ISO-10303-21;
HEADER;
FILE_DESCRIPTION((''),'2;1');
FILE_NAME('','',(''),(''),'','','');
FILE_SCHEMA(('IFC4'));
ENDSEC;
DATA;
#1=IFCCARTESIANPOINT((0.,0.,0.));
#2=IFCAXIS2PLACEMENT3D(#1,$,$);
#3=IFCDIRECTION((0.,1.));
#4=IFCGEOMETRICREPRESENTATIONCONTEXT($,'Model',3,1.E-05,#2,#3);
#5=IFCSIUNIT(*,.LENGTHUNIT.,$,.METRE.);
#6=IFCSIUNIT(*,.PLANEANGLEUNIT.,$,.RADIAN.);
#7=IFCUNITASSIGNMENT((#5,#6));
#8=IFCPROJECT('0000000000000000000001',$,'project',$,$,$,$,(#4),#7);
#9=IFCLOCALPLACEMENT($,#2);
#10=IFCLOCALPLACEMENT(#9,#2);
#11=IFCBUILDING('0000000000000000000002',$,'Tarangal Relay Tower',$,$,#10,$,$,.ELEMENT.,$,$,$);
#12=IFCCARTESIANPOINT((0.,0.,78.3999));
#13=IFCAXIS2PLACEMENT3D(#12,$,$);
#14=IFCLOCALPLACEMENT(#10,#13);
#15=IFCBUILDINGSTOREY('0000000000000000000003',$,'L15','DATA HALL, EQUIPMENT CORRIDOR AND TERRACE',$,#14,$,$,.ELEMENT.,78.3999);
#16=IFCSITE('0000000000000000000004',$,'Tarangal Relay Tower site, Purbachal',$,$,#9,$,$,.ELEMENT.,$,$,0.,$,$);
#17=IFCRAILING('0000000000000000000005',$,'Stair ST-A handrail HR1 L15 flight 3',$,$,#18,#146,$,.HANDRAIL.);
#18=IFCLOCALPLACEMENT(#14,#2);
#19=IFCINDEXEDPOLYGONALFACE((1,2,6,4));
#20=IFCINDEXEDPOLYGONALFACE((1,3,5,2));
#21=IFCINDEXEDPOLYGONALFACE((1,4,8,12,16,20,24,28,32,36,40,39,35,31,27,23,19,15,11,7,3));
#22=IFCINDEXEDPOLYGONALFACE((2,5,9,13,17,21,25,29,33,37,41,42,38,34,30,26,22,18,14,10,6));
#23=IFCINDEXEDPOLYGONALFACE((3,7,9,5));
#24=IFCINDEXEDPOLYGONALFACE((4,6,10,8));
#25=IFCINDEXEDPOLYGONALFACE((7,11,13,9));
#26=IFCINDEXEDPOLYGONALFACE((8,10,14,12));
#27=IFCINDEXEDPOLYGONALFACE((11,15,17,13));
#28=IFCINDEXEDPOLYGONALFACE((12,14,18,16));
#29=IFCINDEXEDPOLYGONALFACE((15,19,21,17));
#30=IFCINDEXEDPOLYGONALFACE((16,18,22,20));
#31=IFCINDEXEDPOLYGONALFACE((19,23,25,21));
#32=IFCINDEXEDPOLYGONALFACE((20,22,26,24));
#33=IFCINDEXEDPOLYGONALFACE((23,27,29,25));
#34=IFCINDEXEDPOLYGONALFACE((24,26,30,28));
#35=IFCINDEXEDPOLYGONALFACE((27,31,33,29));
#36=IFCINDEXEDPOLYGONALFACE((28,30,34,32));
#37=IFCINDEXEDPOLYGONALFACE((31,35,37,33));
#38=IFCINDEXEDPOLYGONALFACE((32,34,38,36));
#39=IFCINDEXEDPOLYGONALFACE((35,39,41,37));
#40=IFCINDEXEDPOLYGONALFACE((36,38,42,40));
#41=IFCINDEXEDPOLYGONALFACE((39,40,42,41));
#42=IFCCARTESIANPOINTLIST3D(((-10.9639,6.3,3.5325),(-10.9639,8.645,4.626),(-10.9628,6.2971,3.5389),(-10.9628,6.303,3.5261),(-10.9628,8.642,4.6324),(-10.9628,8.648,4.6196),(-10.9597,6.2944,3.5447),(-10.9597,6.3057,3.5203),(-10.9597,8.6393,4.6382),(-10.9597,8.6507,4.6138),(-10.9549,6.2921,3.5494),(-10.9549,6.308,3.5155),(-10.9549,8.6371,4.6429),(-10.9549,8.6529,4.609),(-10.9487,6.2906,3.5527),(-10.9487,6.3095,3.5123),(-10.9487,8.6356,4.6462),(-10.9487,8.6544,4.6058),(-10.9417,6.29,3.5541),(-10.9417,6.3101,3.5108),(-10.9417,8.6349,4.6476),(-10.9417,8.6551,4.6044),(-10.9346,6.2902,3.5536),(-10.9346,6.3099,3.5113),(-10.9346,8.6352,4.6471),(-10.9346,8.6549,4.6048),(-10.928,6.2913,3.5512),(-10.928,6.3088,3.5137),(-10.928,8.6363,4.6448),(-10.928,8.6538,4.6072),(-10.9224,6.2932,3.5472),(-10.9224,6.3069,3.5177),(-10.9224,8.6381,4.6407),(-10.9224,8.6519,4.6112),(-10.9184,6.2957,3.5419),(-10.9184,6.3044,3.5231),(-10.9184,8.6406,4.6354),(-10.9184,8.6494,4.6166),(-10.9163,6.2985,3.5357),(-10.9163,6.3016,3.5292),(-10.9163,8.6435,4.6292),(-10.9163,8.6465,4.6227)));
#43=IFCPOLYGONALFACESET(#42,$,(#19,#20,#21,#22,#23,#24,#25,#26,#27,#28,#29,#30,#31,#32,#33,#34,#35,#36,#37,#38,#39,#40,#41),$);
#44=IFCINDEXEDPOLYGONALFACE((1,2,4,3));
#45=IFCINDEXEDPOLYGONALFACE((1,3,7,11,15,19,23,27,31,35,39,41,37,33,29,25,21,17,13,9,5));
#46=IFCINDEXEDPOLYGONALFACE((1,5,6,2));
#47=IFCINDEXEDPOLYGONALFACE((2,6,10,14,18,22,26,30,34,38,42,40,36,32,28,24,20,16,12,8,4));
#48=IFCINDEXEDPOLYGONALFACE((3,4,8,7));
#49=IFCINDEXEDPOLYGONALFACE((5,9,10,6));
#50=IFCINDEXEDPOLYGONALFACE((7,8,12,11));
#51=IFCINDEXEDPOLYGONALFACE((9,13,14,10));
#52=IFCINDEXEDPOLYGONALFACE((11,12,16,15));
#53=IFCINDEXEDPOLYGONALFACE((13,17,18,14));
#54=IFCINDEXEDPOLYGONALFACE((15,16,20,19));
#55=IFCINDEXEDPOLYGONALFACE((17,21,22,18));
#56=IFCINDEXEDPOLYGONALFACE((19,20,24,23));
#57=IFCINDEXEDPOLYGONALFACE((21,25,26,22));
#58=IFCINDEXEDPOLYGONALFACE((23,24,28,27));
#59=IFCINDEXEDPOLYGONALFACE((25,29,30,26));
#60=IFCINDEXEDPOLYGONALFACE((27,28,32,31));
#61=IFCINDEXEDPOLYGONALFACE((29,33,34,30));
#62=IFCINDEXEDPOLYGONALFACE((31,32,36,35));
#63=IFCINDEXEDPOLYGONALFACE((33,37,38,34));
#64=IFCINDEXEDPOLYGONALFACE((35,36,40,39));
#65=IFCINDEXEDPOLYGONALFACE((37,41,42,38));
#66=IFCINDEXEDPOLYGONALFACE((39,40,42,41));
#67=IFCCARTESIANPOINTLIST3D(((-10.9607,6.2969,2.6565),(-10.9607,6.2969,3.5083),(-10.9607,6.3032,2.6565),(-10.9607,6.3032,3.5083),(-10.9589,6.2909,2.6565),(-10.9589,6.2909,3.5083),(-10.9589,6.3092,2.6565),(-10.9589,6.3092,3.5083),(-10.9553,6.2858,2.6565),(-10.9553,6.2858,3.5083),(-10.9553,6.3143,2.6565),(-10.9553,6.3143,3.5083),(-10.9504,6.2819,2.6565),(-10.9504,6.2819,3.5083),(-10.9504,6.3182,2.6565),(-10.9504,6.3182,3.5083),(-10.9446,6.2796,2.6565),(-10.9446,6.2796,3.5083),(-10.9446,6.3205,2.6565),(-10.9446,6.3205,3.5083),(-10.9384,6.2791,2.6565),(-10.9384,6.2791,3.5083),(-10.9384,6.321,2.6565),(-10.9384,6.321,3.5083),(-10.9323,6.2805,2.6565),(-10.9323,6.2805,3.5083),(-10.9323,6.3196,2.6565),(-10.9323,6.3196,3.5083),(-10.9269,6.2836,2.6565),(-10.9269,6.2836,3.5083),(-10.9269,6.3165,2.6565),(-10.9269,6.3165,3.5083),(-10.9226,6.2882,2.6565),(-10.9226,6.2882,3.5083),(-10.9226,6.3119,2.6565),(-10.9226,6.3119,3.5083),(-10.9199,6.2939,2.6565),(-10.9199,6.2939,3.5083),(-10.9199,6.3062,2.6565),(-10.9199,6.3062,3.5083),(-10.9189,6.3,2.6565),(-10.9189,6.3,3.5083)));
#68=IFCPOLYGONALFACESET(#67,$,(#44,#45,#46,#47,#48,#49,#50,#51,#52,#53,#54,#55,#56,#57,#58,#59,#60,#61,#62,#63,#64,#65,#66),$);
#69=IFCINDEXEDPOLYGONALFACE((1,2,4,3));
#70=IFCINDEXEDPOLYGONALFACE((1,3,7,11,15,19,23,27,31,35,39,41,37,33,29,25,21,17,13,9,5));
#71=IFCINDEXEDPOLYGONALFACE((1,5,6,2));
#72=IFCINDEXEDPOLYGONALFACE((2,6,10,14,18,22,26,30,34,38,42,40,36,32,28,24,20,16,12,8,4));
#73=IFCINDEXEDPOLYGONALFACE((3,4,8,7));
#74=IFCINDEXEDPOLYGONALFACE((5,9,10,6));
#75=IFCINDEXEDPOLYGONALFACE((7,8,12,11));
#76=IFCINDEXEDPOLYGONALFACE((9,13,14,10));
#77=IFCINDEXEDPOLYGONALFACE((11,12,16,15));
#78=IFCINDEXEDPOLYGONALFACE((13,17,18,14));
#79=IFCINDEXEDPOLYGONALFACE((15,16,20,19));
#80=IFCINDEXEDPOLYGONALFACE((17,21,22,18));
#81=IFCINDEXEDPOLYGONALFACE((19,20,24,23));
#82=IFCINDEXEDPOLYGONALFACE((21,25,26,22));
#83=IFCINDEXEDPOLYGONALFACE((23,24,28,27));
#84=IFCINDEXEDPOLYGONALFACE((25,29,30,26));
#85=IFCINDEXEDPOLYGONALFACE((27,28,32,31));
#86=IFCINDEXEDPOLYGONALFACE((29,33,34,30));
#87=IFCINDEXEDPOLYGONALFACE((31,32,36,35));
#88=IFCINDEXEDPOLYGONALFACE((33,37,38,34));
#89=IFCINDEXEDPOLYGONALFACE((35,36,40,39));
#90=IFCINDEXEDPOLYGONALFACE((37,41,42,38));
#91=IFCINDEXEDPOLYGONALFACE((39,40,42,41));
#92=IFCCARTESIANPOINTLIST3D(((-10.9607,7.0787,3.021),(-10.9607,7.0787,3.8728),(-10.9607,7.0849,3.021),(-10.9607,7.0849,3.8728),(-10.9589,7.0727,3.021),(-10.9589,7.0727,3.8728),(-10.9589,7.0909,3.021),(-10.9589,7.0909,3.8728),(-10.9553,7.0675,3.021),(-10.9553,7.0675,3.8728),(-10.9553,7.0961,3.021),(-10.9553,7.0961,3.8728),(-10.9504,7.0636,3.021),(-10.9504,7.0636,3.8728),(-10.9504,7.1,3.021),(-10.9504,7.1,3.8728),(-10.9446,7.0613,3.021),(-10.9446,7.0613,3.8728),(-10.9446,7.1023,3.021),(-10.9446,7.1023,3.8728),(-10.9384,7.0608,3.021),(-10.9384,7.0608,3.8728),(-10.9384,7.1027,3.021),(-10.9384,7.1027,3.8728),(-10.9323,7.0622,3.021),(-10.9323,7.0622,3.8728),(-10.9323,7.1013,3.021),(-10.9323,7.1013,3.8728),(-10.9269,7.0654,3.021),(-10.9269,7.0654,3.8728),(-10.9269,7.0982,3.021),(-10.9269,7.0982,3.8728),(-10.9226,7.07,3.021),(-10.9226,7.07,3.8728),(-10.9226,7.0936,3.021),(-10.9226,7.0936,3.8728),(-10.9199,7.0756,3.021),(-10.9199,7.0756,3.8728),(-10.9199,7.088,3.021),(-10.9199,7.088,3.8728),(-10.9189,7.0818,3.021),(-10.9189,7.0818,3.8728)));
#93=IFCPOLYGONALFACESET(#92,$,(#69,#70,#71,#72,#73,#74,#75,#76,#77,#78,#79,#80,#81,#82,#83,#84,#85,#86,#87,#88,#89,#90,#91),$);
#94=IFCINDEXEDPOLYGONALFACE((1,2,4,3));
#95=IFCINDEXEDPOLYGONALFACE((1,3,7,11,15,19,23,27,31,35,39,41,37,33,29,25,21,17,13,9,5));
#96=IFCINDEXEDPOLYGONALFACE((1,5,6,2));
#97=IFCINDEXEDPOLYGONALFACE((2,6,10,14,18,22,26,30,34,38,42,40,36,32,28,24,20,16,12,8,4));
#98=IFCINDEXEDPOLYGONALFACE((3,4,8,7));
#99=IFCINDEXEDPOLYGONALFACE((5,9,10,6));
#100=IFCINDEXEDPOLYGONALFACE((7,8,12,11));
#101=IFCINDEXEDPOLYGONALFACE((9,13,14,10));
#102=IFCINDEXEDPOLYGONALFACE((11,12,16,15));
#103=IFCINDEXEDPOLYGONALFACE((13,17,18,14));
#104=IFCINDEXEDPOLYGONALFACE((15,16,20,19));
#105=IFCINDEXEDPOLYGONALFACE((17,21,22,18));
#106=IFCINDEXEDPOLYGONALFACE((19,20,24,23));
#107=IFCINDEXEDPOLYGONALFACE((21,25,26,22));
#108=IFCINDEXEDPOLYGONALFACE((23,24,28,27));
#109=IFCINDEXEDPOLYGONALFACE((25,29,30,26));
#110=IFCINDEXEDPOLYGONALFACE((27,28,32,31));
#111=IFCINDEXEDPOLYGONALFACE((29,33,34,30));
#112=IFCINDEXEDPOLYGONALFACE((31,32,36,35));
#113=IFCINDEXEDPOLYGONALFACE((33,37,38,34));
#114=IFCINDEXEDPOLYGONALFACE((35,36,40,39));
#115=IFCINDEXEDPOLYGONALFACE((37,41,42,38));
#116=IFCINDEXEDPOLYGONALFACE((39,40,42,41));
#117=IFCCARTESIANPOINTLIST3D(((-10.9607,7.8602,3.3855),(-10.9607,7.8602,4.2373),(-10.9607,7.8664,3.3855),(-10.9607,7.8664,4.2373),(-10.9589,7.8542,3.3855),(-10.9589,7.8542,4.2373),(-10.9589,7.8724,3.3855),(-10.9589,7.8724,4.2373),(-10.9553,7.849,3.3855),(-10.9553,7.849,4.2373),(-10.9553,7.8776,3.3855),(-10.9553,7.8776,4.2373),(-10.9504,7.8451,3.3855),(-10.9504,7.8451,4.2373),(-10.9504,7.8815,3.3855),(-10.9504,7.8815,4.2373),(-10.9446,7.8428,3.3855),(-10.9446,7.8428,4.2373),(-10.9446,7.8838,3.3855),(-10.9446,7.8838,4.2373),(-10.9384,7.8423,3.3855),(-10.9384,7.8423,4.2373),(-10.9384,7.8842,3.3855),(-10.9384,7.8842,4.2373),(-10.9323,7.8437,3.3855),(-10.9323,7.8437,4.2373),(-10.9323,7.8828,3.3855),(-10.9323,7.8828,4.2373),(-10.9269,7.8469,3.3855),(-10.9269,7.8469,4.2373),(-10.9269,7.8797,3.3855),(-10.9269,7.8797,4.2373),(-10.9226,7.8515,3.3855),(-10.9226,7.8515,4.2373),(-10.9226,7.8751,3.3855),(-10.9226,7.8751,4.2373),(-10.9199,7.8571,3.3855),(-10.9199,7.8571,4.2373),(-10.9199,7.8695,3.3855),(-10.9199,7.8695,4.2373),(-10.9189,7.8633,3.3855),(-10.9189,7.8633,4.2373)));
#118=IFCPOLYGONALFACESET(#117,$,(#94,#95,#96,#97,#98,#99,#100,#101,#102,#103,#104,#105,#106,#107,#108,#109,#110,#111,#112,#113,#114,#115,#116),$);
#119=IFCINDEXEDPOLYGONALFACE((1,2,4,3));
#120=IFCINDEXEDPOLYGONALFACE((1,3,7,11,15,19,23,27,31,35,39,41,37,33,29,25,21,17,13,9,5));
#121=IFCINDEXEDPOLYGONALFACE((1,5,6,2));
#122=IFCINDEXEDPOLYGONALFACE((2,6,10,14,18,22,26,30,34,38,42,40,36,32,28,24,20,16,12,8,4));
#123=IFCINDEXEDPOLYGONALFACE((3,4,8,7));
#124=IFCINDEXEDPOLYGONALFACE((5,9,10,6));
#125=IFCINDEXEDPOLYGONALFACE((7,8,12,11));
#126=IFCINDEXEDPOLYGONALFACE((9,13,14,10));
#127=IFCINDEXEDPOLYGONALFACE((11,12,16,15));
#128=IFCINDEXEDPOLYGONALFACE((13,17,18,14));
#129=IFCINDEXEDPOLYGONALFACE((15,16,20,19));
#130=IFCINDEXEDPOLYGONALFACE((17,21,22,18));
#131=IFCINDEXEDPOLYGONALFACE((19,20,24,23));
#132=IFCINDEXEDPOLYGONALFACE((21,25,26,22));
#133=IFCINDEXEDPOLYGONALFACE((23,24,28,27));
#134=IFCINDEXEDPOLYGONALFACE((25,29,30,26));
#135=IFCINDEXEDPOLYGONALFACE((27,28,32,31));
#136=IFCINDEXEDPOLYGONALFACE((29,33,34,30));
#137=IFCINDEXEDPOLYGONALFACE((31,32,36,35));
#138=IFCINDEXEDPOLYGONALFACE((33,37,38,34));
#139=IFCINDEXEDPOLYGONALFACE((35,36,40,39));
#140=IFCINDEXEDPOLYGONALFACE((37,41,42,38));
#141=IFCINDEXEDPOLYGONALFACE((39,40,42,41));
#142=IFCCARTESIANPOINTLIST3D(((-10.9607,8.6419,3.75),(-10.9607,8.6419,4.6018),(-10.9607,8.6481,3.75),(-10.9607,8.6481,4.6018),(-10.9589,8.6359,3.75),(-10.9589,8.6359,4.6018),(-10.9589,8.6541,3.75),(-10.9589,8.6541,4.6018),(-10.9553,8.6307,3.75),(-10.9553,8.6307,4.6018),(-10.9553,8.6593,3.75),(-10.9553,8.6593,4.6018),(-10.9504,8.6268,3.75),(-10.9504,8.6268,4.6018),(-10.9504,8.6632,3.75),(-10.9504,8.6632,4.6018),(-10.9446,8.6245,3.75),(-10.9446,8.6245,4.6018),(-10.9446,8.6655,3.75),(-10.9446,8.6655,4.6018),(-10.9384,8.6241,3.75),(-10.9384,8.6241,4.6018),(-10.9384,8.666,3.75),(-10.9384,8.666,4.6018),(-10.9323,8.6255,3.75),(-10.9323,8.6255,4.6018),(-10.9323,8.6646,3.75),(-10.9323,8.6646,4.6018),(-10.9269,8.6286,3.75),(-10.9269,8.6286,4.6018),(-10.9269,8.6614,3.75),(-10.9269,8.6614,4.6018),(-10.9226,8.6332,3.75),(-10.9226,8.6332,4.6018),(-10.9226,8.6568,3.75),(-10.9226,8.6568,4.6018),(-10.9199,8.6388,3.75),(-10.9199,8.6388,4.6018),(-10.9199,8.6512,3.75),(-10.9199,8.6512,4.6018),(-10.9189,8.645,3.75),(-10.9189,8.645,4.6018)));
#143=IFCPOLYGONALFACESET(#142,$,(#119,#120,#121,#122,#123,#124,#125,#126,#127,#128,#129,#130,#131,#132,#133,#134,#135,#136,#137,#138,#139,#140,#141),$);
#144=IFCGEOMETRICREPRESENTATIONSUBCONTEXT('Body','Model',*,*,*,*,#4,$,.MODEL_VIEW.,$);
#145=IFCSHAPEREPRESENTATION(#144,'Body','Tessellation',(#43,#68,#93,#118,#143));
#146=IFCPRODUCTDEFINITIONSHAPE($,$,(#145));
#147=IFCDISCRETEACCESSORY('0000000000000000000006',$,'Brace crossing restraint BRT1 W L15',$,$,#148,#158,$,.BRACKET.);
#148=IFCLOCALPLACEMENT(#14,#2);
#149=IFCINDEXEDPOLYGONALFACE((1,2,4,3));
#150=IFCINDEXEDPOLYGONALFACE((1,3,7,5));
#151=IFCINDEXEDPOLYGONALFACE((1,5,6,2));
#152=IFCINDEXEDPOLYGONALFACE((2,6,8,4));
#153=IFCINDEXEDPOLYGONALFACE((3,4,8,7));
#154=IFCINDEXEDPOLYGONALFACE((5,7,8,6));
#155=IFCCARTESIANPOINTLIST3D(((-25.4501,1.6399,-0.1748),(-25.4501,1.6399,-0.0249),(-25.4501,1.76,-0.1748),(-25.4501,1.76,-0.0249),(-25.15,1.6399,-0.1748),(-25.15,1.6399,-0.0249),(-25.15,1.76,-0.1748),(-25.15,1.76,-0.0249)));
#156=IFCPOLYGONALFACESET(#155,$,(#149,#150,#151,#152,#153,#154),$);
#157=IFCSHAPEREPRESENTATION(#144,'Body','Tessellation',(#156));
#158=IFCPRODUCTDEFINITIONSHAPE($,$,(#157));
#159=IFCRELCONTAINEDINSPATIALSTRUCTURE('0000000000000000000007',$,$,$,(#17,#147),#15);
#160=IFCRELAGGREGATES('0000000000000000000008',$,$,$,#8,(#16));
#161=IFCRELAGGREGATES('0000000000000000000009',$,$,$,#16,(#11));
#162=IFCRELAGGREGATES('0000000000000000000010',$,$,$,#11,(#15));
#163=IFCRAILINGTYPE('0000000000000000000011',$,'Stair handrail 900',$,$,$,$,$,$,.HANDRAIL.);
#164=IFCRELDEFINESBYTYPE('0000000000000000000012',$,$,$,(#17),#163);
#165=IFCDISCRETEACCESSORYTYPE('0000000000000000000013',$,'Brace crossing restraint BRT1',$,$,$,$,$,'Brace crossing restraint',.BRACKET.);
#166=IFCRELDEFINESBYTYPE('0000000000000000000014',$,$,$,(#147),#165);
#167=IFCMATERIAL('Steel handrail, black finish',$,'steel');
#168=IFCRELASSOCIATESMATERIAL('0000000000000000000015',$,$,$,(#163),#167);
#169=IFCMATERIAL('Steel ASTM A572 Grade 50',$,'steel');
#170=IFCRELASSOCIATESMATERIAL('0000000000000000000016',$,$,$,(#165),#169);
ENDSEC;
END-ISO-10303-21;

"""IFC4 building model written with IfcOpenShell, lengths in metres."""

from ifc_helpers import new_model, si_unit, direction, frame, origin, origin_2d, place, context, subcontext, project, spatial, rectangle, circle, extrude, material, type_object, element, save


model = new_model("IFC4")

# Units and contexts
model_context = context("Model", 3, precision=1e-05, world=origin(), true_north=direction((0.0, 1.0)))
body_context = subcontext(model_context, "Body", "Model", "MODEL_VIEW")
ifc_project = project(units=[si_unit("LENGTHUNIT", "METRE"), si_unit("PLANEANGLEUNIT", "RADIAN")], contexts=[model_context])

# Site, building, storey
site_placement = place(None, origin())
site = spatial("IfcSite", under=ifc_project, at=site_placement, Name="Tarangal Relay Tower site, Purbachal", CompositionType="ELEMENT", RefElevation=0.0)
building_placement = place(site_placement, origin())
building = spatial("IfcBuilding", under=site, at=building_placement, Name="Tarangal Relay Tower", CompositionType="ELEMENT")
storey_placement = place(building_placement, frame((0.0, 0.0, 78.3999)))
storey = spatial("IfcBuildingStorey", under=building, at=storey_placement, Name="L15", Description="DATA HALL, EQUIPMENT CORRIDOR AND TERRACE", CompositionType="ELEMENT", Elevation=78.3999)

# Shared definitions
ifc_material_1 = material(Name="Steel ASTM A572 Grade 50", Category="steel")

# Railing
ifc_material_2 = material(Name="Steel handrail, black finish", Category="steel")
railing_type_1 = type_object("IfcRailingType", Name="Stair handrail 900", PredefinedType="HANDRAIL", material=ifc_material_2)
for number, where, name in (
    (1, (-10.9399, 6.3, 2.6565), "Stair ST-A handrail HR1 L15 flight 3"),
):
    element("IfcRailing", number, at=place(storey_placement, frame(where)), inside=storey, type_object=railing_type_1, Name=name, PredefinedType="HANDRAIL", context=body_context, shape_type="SweptSolid", body=[
        extrude(circle(Radius=0.0239, at=origin_2d()), frame((0.0, 0.0, 0.876), z_axis=(0.0, 0.906304, 0.422627), x_axis=(-1.0, 0.0, 0.0)), (0.0, 0.0, 1.0), 2.5874),
        extrude(circle(Radius=0.021, at=origin_2d()), origin(), (0.0, 0.0, 1.0), 0.8518),
        extrude(circle(Radius=0.021, at=origin_2d()), frame((0.0, 0.7817, 0.3645)), (0.0, 0.0, 1.0), 0.8518),
        extrude(circle(Radius=0.021, at=origin_2d()), frame((0.0, 1.5632, 0.729)), (0.0, 0.0, 1.0), 0.8518),
        extrude(circle(Radius=0.021, at=origin_2d()), frame((0.0, 2.345, 1.0935)), (0.0, 0.0, 1.0), 0.8518),
    ])

# Discrete accessory
discrete_accessory_type = type_object("IfcDiscreteAccessoryType", Name="Brace crossing restraint BRT1", ElementType="Brace crossing restraint", PredefinedType="BRACKET", material=ifc_material_1)
discrete_accessory_placement = place(storey_placement, frame((-25.3, 1.7, -0.1748), z_axis=(0.0, 0.0, 1.0), x_axis=(1.0, 0.0, 0.0)))
element("IfcDiscreteAccessory", 2, at=discrete_accessory_placement, inside=storey, type_object=discrete_accessory_type, Name="Brace crossing restraint BRT1 W L15", PredefinedType="BRACKET", context=body_context, shape_type="SweptSolid", body=[
    extrude(rectangle(XDim=0.3, YDim=0.1201, at=origin_2d()), origin(), (0.0, 0.0, 1.0), 0.1499),
])

save(model, "model.ifc")
